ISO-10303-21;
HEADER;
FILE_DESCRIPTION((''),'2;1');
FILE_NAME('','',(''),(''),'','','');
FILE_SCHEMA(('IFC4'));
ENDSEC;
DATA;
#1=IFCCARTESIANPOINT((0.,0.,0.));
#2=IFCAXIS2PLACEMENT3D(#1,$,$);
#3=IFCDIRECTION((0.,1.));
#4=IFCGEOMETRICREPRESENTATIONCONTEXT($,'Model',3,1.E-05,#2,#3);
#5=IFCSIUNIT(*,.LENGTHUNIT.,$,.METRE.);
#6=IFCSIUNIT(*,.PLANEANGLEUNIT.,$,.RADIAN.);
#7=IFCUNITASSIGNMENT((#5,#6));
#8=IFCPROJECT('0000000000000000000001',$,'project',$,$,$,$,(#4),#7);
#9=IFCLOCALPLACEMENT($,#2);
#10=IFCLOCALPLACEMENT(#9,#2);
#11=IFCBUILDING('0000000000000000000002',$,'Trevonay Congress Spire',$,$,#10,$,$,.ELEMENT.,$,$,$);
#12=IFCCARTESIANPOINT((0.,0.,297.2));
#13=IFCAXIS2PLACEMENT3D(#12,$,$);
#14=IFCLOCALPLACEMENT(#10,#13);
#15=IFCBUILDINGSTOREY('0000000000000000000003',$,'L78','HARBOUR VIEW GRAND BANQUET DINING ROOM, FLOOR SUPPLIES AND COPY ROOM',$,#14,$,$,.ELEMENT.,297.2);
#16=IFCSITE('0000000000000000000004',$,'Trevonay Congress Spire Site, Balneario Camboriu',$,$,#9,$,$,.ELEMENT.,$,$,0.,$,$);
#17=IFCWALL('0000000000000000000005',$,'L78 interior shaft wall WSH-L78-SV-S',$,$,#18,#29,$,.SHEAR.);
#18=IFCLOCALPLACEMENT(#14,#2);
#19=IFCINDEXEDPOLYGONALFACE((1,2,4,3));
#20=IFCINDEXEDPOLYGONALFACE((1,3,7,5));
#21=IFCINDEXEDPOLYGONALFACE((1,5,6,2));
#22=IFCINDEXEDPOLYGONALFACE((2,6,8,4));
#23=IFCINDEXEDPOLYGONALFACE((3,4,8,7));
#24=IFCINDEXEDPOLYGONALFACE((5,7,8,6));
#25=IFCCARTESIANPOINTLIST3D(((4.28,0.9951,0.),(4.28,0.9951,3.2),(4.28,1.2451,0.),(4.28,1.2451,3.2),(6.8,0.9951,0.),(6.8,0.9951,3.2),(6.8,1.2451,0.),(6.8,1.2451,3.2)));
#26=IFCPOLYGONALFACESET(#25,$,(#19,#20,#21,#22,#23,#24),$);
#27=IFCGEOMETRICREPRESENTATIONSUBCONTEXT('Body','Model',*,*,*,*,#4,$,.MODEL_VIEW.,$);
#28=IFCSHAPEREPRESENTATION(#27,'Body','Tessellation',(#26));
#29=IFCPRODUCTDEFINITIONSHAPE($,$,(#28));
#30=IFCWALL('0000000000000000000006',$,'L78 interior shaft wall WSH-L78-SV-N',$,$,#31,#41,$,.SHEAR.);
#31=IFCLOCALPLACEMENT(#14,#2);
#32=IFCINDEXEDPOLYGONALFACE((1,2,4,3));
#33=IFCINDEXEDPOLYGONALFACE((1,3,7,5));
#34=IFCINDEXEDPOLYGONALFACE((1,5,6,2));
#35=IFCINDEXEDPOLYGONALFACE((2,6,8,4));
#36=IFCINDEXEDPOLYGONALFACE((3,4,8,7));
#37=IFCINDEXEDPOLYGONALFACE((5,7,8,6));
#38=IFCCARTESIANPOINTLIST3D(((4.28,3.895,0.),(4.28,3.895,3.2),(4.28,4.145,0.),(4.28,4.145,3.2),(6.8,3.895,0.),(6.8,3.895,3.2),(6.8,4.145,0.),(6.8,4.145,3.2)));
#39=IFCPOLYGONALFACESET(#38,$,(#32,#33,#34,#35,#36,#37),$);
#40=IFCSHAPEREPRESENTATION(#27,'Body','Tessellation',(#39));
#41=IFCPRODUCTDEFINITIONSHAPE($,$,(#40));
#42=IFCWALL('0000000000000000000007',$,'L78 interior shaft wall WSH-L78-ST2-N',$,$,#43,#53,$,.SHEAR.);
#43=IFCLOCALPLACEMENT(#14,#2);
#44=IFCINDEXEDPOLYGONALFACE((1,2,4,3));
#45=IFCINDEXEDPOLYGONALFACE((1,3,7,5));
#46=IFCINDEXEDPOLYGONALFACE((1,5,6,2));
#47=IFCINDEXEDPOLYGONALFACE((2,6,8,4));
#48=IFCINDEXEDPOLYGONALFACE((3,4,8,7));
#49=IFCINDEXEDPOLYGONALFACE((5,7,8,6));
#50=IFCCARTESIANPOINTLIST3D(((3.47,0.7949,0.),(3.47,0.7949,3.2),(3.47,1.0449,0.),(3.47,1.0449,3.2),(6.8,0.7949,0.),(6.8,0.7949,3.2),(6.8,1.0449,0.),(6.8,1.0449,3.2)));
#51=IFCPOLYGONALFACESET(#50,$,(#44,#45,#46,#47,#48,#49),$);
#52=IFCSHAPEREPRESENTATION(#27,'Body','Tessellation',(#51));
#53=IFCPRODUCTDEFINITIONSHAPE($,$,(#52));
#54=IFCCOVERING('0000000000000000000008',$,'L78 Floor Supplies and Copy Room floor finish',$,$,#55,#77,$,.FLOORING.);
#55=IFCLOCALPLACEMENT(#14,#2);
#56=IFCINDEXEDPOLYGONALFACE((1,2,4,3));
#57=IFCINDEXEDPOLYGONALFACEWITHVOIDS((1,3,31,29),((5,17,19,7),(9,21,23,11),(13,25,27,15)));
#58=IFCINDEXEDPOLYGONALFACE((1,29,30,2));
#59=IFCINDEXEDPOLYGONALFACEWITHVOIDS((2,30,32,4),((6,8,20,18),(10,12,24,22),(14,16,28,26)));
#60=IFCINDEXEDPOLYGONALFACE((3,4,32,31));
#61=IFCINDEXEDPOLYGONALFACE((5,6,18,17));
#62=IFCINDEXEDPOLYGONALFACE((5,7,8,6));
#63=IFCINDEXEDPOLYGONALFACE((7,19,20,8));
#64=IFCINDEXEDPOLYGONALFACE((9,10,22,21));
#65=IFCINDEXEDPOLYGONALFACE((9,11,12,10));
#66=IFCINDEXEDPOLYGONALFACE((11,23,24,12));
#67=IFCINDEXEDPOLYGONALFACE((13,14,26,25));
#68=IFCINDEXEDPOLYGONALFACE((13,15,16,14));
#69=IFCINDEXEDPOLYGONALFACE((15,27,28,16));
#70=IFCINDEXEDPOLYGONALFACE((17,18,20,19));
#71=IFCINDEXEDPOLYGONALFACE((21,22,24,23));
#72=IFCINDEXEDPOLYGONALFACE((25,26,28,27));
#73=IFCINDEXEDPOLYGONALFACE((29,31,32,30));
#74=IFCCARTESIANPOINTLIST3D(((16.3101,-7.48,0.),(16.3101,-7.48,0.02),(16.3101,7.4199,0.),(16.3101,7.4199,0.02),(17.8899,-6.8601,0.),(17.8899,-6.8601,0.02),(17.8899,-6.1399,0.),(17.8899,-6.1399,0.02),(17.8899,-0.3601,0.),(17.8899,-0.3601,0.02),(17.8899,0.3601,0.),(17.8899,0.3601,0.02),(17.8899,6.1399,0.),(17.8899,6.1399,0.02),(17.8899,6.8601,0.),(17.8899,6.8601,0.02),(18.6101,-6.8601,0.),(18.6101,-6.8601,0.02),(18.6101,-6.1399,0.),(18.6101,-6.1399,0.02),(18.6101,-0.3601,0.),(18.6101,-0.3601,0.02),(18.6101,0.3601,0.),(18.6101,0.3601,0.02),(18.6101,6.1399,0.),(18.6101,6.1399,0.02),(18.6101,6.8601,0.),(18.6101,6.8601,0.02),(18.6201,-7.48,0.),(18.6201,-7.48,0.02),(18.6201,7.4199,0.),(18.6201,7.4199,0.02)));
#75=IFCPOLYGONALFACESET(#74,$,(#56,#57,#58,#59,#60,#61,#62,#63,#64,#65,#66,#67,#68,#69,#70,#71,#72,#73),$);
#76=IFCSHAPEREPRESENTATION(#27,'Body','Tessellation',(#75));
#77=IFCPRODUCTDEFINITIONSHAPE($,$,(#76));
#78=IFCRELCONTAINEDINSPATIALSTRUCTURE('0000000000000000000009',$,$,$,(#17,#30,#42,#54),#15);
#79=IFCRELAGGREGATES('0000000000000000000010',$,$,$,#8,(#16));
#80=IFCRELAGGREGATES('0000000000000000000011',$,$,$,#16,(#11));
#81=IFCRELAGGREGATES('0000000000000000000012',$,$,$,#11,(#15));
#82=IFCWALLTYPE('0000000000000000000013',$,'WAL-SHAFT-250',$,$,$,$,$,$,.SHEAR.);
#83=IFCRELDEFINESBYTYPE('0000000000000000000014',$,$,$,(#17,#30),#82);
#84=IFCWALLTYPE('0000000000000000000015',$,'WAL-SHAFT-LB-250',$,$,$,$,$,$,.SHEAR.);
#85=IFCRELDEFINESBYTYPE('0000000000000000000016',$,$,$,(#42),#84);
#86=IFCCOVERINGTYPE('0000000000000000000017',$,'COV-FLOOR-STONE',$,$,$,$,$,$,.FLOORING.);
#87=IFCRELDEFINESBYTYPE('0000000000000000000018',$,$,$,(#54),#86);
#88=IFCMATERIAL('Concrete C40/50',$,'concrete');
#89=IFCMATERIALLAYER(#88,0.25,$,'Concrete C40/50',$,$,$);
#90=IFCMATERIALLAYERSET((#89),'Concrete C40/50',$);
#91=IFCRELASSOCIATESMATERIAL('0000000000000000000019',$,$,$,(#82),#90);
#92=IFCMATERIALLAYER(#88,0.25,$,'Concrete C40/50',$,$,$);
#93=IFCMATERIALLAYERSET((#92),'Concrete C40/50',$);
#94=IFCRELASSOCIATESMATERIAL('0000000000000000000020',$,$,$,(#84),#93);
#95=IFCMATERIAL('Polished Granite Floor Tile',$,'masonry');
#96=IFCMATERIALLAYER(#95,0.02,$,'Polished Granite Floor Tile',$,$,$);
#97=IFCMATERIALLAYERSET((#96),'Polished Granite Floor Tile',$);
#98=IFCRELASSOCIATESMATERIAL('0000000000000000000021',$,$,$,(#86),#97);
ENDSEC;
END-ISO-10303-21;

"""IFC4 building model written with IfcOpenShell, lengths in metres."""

from ifc_helpers import new_model, si_unit, direction, frame, frame_2d, origin, place, context, subcontext, project, spatial, polyline, rectangle, outline, extrude, material, layer, layer_set, type_object, element, save


model = new_model("IFC4")

# Units and contexts
model_context = context("Model", 3, precision=1e-05, world=origin(), true_north=direction((0.0, 1.0)))
body_context = subcontext(model_context, "Body", "Model", "MODEL_VIEW")
ifc_project = project(units=[si_unit("LENGTHUNIT", "METRE"), si_unit("PLANEANGLEUNIT", "RADIAN")], contexts=[model_context])

# Site, building, storey
site_placement = place(None, origin())
site = spatial("IfcSite", under=ifc_project, at=site_placement, Name="Trevonay Congress Spire Site, Balneario Camboriu", CompositionType="ELEMENT", RefElevation=0.0)
building_placement = place(site_placement, origin())
building = spatial("IfcBuilding", under=site, at=building_placement, Name="Trevonay Congress Spire", CompositionType="ELEMENT")
storey_placement = place(building_placement, frame((0.0, 0.0, 297.2)))
storey = spatial("IfcBuildingStorey", under=building, at=storey_placement, Name="L78", Description="HARBOUR VIEW GRAND BANQUET DINING ROOM, FLOOR SUPPLIES AND COPY ROOM", CompositionType="ELEMENT", Elevation=297.2)

# Shared definitions
ifc_material_1 = material(Name="Concrete C40/50", Category="concrete")
ifc_layer_1 = layer(ifc_material_1, 0.25, Name="Concrete C40/50")
ifc_layer_set_1 = layer_set([ifc_layer_1], Name="Concrete C40/50")
wall_type_1 = type_object("IfcWallType", Name="WAL-SHAFT-250", PredefinedType="SHEAR", material=ifc_layer_set_1)

# Walls
for number, where, z_axis, x_axis, name in (
    (1, (4.28, 1.1201, 0.0), (0.0, 0.0, 1.0), (1.0, 0.0, 0.0), "L78 interior shaft wall WSH-L78-SV-S"),
    (2, (4.28, 4.02, 0.0), (0.0, 0.0, 1.0), (1.0, 0.0, 0.0), "L78 interior shaft wall WSH-L78-SV-N"),
):
    element("IfcWall", number, at=place(storey_placement, frame(where, z_axis=z_axis, x_axis=x_axis)), inside=storey, type_object=wall_type_1, Name=name, PredefinedType="SHEAR", context=body_context, shape_type="SweptSolid", body=[
        extrude(rectangle(XDim=2.52, YDim=0.25, at=frame_2d((1.26, 0.0))), origin(), (0.0, 0.0, 1.0), 3.2),
    ])
ifc_layer_2 = layer(ifc_material_1, 0.25, Name="Concrete C40/50")
ifc_layer_set_2 = layer_set([ifc_layer_2], Name="Concrete C40/50")
wall_type_2 = type_object("IfcWallType", Name="WAL-SHAFT-LB-250", PredefinedType="SHEAR", material=ifc_layer_set_2)
wall_1_placement = place(storey_placement, frame((3.47, 0.9199, 0.0), z_axis=(0.0, 0.0, 1.0), x_axis=(1.0, 0.0, 0.0)))
element("IfcWall", 3, at=wall_1_placement, inside=storey, type_object=wall_type_2, Name="L78 interior shaft wall WSH-L78-ST2-N", PredefinedType="SHEAR", context=body_context, shape_type="SweptSolid", body=[
    extrude(rectangle(XDim=3.3301, YDim=0.25, at=frame_2d((1.665, 0.0))), origin(), (0.0, 0.0, 1.0), 3.2),
])

# Covering
ifc_material_2 = material(Name="Polished Granite Floor Tile", Category="masonry")
ifc_layer_3 = layer(ifc_material_2, 0.02, Name="Polished Granite Floor Tile")
ifc_layer_set_3 = layer_set([ifc_layer_3], Name="Polished Granite Floor Tile")
covering_type = type_object("IfcCoveringType", Name="COV-FLOOR-STONE", PredefinedType="FLOORING", material=ifc_layer_set_3)
covering_placement = place(storey_placement, origin())
element("IfcCovering", 4, at=covering_placement, inside=storey, type_object=covering_type, Name="L78 Floor Supplies and Copy Room floor finish", PredefinedType="FLOORING", context=body_context, shape_type="SweptSolid", body=[
    extrude(outline(polyline([(16.3101, 7.4199), (18.6201, 7.4199), (18.6201, -7.48), (16.3101, -7.48), (16.3101, 7.4199)]), holes=[polyline([(17.8899, -6.8601), (18.6101, -6.8601), (18.6101, -6.1399), (17.8899, -6.1399), (17.8899, -6.8601)]), polyline([(17.8899, 0.3601), (17.8899, -0.3601), (18.6101, -0.3601), (18.6101, 0.3601), (17.8899, 0.3601)]), polyline([(17.8899, 6.8601), (17.8899, 6.1399), (18.6101, 6.1399), (18.6101, 6.8601), (17.8899, 6.8601)])]), origin(), (0.0, 0.0, 1.0), 0.02),
])

save(model, "model.ifc")
